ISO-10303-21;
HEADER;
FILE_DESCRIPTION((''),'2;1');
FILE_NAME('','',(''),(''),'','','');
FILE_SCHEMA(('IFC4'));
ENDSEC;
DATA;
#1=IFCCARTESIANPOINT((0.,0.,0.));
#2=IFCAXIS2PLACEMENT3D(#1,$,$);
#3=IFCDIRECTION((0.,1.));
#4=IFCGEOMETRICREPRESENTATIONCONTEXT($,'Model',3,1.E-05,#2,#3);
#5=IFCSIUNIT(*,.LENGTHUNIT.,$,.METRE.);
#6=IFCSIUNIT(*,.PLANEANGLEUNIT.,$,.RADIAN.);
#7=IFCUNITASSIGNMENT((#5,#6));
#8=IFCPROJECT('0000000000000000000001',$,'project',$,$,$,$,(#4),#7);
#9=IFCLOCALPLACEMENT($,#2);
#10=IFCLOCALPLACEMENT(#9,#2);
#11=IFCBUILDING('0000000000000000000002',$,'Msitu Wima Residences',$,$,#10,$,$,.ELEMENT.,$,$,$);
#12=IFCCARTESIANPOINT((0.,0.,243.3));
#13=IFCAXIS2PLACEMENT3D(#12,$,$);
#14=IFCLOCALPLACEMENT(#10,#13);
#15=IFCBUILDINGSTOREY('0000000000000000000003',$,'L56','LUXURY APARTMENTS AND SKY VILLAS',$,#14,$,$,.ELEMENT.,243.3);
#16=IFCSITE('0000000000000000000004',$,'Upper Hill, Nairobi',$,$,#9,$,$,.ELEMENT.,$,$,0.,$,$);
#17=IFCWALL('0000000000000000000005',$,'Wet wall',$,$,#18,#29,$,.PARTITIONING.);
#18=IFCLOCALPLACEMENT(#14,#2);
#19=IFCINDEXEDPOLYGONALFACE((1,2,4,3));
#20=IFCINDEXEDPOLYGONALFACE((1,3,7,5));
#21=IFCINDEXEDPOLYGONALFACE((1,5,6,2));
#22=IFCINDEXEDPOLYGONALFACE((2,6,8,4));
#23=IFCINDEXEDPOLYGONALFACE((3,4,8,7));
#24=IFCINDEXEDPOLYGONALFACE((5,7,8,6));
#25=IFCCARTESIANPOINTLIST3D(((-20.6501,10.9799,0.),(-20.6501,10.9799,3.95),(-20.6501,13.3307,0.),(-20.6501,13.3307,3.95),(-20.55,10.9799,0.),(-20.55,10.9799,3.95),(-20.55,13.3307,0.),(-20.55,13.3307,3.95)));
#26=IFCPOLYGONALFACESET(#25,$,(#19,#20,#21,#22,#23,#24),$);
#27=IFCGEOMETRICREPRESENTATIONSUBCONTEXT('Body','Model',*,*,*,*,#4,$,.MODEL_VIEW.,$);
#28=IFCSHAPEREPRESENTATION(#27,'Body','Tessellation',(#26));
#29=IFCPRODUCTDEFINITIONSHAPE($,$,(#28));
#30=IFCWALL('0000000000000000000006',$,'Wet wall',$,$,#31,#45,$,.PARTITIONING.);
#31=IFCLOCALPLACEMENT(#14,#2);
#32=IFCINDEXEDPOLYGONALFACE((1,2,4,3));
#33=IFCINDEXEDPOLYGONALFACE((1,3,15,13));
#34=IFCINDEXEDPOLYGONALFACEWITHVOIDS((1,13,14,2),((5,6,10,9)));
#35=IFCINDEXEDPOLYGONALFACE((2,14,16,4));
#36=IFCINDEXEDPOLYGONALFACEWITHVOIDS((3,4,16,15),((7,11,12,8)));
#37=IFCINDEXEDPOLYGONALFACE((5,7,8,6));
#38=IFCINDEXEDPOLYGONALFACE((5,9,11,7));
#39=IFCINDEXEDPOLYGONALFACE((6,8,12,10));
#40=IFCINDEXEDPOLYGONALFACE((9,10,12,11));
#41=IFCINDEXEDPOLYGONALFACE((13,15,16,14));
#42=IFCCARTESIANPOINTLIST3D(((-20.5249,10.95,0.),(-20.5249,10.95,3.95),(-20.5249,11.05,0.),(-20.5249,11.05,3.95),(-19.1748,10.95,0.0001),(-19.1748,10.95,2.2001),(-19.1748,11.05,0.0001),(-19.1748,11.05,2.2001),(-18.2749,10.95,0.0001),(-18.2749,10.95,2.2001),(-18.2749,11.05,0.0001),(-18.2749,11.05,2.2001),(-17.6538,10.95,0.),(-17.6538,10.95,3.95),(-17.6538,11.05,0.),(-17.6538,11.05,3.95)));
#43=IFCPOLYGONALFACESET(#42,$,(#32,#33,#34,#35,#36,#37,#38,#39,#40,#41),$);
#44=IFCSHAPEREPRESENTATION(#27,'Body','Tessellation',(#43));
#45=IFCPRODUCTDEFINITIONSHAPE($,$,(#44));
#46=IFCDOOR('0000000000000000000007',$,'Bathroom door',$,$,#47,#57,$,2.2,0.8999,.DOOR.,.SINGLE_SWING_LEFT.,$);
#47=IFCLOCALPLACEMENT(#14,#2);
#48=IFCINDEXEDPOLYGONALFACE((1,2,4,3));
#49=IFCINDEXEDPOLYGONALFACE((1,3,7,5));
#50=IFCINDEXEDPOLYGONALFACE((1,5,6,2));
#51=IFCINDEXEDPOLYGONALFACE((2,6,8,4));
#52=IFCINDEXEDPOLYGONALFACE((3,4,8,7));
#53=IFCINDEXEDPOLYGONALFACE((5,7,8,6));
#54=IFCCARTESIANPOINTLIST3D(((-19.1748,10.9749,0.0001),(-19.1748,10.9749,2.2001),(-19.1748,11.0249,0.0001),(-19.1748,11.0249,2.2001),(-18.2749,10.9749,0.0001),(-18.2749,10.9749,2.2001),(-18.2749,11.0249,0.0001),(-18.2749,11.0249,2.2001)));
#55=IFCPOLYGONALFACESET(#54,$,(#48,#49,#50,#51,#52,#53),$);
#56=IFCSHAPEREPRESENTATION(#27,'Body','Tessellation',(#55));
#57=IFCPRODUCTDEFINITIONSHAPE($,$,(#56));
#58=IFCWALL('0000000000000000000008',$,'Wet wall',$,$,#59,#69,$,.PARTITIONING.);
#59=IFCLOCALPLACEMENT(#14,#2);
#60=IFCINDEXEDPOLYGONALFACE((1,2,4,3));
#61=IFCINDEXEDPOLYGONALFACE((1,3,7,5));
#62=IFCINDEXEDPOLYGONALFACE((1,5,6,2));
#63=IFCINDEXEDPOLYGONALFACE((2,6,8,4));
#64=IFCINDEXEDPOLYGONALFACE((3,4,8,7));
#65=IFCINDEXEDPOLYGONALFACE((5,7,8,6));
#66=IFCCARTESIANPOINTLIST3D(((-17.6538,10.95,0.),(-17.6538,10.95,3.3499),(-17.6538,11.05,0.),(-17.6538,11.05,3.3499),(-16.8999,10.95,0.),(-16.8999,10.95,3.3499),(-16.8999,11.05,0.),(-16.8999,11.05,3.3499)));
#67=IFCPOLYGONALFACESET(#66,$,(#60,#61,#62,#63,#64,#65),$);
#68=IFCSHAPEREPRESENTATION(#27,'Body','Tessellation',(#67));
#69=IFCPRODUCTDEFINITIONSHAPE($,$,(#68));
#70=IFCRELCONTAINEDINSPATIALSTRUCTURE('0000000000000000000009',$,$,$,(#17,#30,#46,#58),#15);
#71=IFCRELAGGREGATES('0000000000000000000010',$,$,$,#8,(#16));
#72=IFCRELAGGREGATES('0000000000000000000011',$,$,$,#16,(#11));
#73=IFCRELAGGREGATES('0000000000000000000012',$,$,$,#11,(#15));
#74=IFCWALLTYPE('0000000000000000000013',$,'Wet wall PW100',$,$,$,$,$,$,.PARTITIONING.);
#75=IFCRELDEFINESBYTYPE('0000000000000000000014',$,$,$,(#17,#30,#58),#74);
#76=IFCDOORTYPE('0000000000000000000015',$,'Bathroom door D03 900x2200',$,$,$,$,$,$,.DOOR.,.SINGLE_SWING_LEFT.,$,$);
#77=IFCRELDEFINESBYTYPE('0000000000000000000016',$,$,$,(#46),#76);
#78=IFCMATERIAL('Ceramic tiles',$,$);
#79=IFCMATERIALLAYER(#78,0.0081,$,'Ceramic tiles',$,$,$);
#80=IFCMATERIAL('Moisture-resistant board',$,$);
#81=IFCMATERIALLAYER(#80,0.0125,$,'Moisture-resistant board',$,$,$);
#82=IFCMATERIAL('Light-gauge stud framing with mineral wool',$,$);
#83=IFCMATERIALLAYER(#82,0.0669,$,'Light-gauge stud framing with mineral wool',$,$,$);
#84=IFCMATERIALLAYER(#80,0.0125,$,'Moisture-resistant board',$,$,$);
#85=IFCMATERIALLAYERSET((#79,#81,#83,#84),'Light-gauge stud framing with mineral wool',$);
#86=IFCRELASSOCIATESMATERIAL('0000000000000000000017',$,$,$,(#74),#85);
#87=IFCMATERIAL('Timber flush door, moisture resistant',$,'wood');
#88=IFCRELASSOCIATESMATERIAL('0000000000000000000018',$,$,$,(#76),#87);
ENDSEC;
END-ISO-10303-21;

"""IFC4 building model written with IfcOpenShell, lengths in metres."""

from ifc_helpers import new_model, si_unit, direction, frame, frame_2d, origin, place, context, subcontext, project, spatial, rectangle, extrude, material, layer, layer_set, type_object, element, fill, save


model = new_model("IFC4")

# Units and contexts
model_context = context("Model", 3, precision=1e-05, world=origin(), true_north=direction((0.0, 1.0)))
body_context = subcontext(model_context, "Body", "Model", "MODEL_VIEW")
ifc_project = project(units=[si_unit("LENGTHUNIT", "METRE"), si_unit("PLANEANGLEUNIT", "RADIAN")], contexts=[model_context])

# Site, building, storey
site_placement = place(None, origin())
site = spatial("IfcSite", under=ifc_project, at=site_placement, Name="Upper Hill, Nairobi", CompositionType="ELEMENT", RefElevation=0.0)
building_placement = place(site_placement, origin())
building = spatial("IfcBuilding", under=site, at=building_placement, Name="Msitu Wima Residences", CompositionType="ELEMENT")
storey_placement = place(building_placement, frame((0.0, 0.0, 243.3)))
storey = spatial("IfcBuildingStorey", under=building, at=storey_placement, Name="L56", Description="LUXURY APARTMENTS AND SKY VILLAS", CompositionType="ELEMENT", Elevation=243.3)

# Wall
ifc_material_1 = material(Name="Ceramic tiles")
ifc_layer_1 = layer(ifc_material_1, 0.0081, Name="Ceramic tiles")
ifc_material_2 = material(Name="Moisture-resistant board")
ifc_layer_2 = layer(ifc_material_2, 0.0125, Name="Moisture-resistant board")
ifc_material_3 = material(Name="Light-gauge stud framing with mineral wool")
ifc_layer_3 = layer(ifc_material_3, 0.0669, Name="Light-gauge stud framing with mineral wool")
ifc_layer_4 = layer(ifc_material_2, 0.0125, Name="Moisture-resistant board")
ifc_layer_set_1 = layer_set([ifc_layer_1, ifc_layer_2, ifc_layer_3, ifc_layer_4], Name="Light-gauge stud framing with mineral wool")
wall_type_1 = type_object("IfcWallType", Name="Wet wall PW100", PredefinedType="PARTITIONING", material=ifc_layer_set_1)
wall_1_placement = place(storey_placement, frame((-20.6001, 10.98, 0.0), z_axis=(0.0, 0.0, 1.0), x_axis=(0.0, 1.0, 0.0)))
element("IfcWall", 1, at=wall_1_placement, inside=storey, type_object=wall_type_1, Name="Wet wall", PredefinedType="PARTITIONING", context=body_context, shape_type="SweptSolid", body=[
    extrude(rectangle(XDim=2.3508, YDim=0.1001, at=frame_2d((1.1753, 0.0))), origin(), (0.0, 0.0, 1.0), 3.95),
])

# Wall, opening, door
wall_2_placement = place(storey_placement, frame((-20.5249, 11.0, 0.0), z_axis=(0.0, 0.0, 1.0), x_axis=(1.0, 0.0, 0.0)))
wall_2 = element("IfcWall", 2, at=wall_2_placement, inside=storey, type_object=wall_type_1, Name="Wet wall", PredefinedType="PARTITIONING", context=body_context, shape_type="SweptSolid", body=[
    extrude(rectangle(XDim=2.8711, YDim=0.1001, at=frame_2d((1.4355, 0.0))), origin(), (0.0, 0.0, 1.0), 3.95),
])
opening_1_placement = place(wall_2_placement, frame((1.3501, 0.0, 0.0)))
opening_1 = element("IfcOpeningElement", 3, at=opening_1_placement, cuts=wall_2, PredefinedType="OPENING", context=body_context, shape_type="SweptSolid", body=[
    extrude(rectangle(XDim=0.8999, YDim=2.2, at=frame_2d((0.45, 1.1001))), frame((0.0, 0.0601, 0.0), z_axis=(0.0, -1.0, 0.0), x_axis=(1.0, 0.0, 0.0)), (0.0, 0.0, 1.0), 0.1201),
])
ifc_material_4 = material(Name="Timber flush door, moisture resistant", Category="wood")
door_type_1 = type_object("IfcDoorType", Name="Bathroom door D03 900x2200", OperationType="SINGLE_SWING_LEFT", PredefinedType="DOOR", material=ifc_material_4)
door_1_placement = place(opening_1_placement, origin())
door_1 = element("IfcDoor", 4, at=door_1_placement, inside=storey, type_object=door_type_1, Name="Bathroom door", OperationType="SINGLE_SWING_LEFT", OverallHeight=2.2, OverallWidth=0.8999, PredefinedType="DOOR", context=body_context, shape_type="SweptSolid", body=[
    extrude(rectangle(XDim=0.8999, YDim=2.2, at=frame_2d((0.45, 1.1001))), frame((0.0, 0.0249, 0.0), z_axis=(0.0, -1.0, 0.0), x_axis=(1.0, 0.0, 0.0)), (0.0, 0.0, 1.0), 0.05),
])
fill(opening_1, door_1)

# Wall
wall_3_placement = place(storey_placement, frame((-17.6538, 11.0, 0.0), z_axis=(0.0, 0.0, 1.0), x_axis=(1.0, 0.0, 0.0)))
element("IfcWall", 5, at=wall_3_placement, inside=storey, type_object=wall_type_1, Name="Wet wall", PredefinedType="PARTITIONING", context=body_context, shape_type="SweptSolid", body=[
    extrude(rectangle(XDim=0.7539, YDim=0.1001, at=frame_2d((0.377, 0.0))), origin(), (0.0, 0.0, 1.0), 3.3499),
])

save(model, "model.ifc")
